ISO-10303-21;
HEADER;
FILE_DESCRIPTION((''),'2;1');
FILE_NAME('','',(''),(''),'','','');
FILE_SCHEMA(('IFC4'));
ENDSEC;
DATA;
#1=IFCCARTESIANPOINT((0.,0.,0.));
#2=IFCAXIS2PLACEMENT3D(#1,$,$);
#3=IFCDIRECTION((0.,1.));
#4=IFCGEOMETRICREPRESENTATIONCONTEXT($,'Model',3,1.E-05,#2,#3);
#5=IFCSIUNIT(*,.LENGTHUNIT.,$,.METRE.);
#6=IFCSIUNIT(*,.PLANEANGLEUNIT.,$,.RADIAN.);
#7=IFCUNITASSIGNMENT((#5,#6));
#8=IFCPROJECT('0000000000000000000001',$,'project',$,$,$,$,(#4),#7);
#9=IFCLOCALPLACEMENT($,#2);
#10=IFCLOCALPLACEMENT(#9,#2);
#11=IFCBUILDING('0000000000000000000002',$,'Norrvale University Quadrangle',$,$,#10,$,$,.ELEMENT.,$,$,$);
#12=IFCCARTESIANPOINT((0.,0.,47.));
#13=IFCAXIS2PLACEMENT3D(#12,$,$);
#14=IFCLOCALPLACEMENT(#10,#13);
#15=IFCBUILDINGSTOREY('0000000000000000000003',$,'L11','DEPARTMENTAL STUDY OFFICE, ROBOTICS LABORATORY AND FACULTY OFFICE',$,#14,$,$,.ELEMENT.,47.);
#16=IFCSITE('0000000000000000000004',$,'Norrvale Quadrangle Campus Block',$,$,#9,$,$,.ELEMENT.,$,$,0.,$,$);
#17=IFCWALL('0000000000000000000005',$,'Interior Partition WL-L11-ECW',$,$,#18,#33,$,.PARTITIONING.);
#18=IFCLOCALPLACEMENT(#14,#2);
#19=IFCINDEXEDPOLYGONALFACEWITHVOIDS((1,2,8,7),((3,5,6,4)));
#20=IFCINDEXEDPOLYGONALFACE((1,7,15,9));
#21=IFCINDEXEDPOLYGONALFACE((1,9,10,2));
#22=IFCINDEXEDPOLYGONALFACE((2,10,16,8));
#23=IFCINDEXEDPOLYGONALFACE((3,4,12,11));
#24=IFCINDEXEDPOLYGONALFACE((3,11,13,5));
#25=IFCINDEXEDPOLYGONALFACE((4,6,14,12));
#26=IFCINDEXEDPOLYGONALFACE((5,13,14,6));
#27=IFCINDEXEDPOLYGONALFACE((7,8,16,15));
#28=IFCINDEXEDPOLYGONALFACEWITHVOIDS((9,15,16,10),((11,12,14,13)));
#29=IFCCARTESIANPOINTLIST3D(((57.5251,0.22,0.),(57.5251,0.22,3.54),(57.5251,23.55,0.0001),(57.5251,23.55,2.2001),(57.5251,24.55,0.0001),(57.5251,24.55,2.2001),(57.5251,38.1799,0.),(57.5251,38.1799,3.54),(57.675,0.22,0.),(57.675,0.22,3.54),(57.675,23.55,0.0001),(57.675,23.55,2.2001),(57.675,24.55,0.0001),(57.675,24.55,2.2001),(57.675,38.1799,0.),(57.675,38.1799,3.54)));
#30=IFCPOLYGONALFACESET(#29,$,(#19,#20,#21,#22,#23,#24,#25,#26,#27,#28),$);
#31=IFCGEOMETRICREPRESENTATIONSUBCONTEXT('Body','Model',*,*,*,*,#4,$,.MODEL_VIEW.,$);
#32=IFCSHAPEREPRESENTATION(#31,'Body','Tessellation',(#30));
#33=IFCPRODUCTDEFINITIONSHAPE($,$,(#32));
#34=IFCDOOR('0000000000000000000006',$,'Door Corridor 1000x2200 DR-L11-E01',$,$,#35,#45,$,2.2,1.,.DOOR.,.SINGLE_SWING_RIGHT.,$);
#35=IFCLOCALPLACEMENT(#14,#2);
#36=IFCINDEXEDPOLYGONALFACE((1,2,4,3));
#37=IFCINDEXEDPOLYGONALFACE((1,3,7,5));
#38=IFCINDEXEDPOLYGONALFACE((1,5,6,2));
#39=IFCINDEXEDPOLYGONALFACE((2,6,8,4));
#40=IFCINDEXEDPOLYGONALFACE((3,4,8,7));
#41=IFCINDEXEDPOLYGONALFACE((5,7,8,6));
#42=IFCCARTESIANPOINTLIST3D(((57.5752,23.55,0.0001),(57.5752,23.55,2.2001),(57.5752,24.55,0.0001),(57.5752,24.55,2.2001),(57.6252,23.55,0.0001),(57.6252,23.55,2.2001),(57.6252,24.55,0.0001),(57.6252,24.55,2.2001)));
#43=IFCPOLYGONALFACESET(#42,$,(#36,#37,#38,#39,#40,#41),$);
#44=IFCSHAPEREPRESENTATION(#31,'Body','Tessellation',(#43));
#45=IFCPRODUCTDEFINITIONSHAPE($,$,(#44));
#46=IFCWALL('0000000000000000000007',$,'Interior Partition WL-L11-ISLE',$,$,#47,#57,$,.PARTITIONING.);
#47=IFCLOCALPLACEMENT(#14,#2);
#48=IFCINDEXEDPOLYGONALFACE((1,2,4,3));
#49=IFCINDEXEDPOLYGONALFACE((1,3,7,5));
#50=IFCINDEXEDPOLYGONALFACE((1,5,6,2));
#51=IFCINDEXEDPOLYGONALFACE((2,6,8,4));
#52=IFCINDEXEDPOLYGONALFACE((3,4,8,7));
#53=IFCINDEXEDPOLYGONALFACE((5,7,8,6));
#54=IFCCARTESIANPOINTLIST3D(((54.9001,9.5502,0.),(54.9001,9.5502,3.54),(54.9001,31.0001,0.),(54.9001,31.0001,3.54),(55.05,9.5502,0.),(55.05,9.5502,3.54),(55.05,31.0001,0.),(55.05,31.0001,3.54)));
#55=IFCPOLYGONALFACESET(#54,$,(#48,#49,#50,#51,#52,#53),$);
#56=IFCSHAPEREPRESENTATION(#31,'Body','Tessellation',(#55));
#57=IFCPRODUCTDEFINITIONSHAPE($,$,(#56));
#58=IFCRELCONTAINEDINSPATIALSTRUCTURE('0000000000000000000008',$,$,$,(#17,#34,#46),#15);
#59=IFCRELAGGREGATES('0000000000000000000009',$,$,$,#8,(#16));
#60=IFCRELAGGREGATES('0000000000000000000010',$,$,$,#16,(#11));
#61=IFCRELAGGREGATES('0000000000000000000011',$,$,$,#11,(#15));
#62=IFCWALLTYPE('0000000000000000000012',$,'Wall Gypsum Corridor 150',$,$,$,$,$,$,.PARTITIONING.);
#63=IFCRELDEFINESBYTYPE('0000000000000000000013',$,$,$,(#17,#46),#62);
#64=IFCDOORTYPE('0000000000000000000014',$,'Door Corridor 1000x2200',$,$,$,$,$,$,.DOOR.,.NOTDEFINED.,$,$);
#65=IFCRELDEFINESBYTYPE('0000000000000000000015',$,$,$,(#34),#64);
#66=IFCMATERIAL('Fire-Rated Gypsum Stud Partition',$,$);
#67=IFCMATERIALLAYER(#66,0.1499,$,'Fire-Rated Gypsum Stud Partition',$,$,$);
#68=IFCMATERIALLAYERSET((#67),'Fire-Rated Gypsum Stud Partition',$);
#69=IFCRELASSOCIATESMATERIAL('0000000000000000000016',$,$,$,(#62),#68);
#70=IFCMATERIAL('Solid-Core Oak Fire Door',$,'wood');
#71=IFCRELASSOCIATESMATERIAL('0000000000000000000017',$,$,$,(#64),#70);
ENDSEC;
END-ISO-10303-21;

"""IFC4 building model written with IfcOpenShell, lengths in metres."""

from ifc_helpers import new_model, si_unit, direction, frame, frame_2d, origin, place, context, subcontext, project, spatial, rectangle, extrude, material, layer, layer_set, type_object, element, fill, save


model = new_model("IFC4")

# Units and contexts
model_context = context("Model", 3, precision=1e-05, world=origin(), true_north=direction((0.0, 1.0)))
body_context = subcontext(model_context, "Body", "Model", "MODEL_VIEW")
ifc_project = project(units=[si_unit("LENGTHUNIT", "METRE"), si_unit("PLANEANGLEUNIT", "RADIAN")], contexts=[model_context])

# Site, building, storey
site_placement = place(None, origin())
site = spatial("IfcSite", under=ifc_project, at=site_placement, Name="Norrvale Quadrangle Campus Block", CompositionType="ELEMENT", RefElevation=0.0)
building_placement = place(site_placement, origin())
building = spatial("IfcBuilding", under=site, at=building_placement, Name="Norrvale University Quadrangle", CompositionType="ELEMENT")
storey_placement = place(building_placement, frame((0.0, 0.0, 47.0)))
storey = spatial("IfcBuildingStorey", under=building, at=storey_placement, Name="L11", Description="DEPARTMENTAL STUDY OFFICE, ROBOTICS LABORATORY AND FACULTY OFFICE", CompositionType="ELEMENT", Elevation=47.0)

# Wall, opening, door
ifc_material_1 = material(Name="Fire-Rated Gypsum Stud Partition")
ifc_layer_1 = layer(ifc_material_1, 0.1499, Name="Fire-Rated Gypsum Stud Partition")
ifc_layer_set_1 = layer_set([ifc_layer_1], Name="Fire-Rated Gypsum Stud Partition")
wall_type_1 = type_object("IfcWallType", Name="Wall Gypsum Corridor 150", PredefinedType="PARTITIONING", material=ifc_layer_set_1)
wall_1_placement = place(storey_placement, frame((57.6001, 0.22, 0.0), z_axis=(0.0, 0.0, 1.0), x_axis=(0.0, 1.0, 0.0)))
wall_1 = element("IfcWall", 1, at=wall_1_placement, inside=storey, type_object=wall_type_1, Name="Interior Partition WL-L11-ECW", PredefinedType="PARTITIONING", context=body_context, shape_type="SweptSolid", body=[
    extrude(rectangle(XDim=37.96, YDim=0.1499, at=frame_2d((18.98, 0.0))), origin(), (0.0, 0.0, 1.0), 3.54),
])
opening_1_placement = place(wall_1_placement, frame((23.3301, 0.0, 0.0)))
opening_1 = element("IfcOpeningElement", 2, at=opening_1_placement, cuts=wall_1, PredefinedType="OPENING", context=body_context, shape_type="SweptSolid", body=[
    extrude(rectangle(XDim=1.0, YDim=2.2, at=frame_2d((0.5, 1.1001))), frame((0.0, 0.0869, 0.0), z_axis=(0.0, -1.0, 0.0), x_axis=(1.0, 0.0, 0.0)), (0.0, 0.0, 1.0), 0.1738),
])
ifc_material_2 = material(Name="Solid-Core Oak Fire Door", Category="wood")
door_type = type_object("IfcDoorType", Name="Door Corridor 1000x2200", OperationType="NOTDEFINED", PredefinedType="DOOR", material=ifc_material_2)
door_placement = place(opening_1_placement, origin())
door = element("IfcDoor", 3, at=door_placement, inside=storey, type_object=door_type, Name="Door Corridor 1000x2200 DR-L11-E01", OperationType="SINGLE_SWING_RIGHT", OverallHeight=2.2, OverallWidth=1.0, PredefinedType="DOOR", context=body_context, shape_type="SweptSolid", body=[
    extrude(rectangle(XDim=1.0, YDim=2.2, at=frame_2d((0.5, 1.1001))), frame((0.0, 0.0249, 0.0), z_axis=(0.0, -1.0, 0.0), x_axis=(1.0, 0.0, 0.0)), (0.0, 0.0, 1.0), 0.05),
])
fill(opening_1, door)

# Wall
wall_2_placement = place(storey_placement, frame((54.9751, 9.55, 0.0), z_axis=(0.0, 0.0, 1.0), x_axis=(0.0, 1.0, 0.0)))
element("IfcWall", 4, at=wall_2_placement, inside=storey, type_object=wall_type_1, Name="Interior Partition WL-L11-ISLE", PredefinedType="PARTITIONING", context=body_context, shape_type="SweptSolid", body=[
    extrude(rectangle(XDim=21.45, YDim=0.1499, at=frame_2d((10.7251, 0.0))), origin(), (0.0, 0.0, 1.0), 3.54),
])

save(model, "model.ifc")
